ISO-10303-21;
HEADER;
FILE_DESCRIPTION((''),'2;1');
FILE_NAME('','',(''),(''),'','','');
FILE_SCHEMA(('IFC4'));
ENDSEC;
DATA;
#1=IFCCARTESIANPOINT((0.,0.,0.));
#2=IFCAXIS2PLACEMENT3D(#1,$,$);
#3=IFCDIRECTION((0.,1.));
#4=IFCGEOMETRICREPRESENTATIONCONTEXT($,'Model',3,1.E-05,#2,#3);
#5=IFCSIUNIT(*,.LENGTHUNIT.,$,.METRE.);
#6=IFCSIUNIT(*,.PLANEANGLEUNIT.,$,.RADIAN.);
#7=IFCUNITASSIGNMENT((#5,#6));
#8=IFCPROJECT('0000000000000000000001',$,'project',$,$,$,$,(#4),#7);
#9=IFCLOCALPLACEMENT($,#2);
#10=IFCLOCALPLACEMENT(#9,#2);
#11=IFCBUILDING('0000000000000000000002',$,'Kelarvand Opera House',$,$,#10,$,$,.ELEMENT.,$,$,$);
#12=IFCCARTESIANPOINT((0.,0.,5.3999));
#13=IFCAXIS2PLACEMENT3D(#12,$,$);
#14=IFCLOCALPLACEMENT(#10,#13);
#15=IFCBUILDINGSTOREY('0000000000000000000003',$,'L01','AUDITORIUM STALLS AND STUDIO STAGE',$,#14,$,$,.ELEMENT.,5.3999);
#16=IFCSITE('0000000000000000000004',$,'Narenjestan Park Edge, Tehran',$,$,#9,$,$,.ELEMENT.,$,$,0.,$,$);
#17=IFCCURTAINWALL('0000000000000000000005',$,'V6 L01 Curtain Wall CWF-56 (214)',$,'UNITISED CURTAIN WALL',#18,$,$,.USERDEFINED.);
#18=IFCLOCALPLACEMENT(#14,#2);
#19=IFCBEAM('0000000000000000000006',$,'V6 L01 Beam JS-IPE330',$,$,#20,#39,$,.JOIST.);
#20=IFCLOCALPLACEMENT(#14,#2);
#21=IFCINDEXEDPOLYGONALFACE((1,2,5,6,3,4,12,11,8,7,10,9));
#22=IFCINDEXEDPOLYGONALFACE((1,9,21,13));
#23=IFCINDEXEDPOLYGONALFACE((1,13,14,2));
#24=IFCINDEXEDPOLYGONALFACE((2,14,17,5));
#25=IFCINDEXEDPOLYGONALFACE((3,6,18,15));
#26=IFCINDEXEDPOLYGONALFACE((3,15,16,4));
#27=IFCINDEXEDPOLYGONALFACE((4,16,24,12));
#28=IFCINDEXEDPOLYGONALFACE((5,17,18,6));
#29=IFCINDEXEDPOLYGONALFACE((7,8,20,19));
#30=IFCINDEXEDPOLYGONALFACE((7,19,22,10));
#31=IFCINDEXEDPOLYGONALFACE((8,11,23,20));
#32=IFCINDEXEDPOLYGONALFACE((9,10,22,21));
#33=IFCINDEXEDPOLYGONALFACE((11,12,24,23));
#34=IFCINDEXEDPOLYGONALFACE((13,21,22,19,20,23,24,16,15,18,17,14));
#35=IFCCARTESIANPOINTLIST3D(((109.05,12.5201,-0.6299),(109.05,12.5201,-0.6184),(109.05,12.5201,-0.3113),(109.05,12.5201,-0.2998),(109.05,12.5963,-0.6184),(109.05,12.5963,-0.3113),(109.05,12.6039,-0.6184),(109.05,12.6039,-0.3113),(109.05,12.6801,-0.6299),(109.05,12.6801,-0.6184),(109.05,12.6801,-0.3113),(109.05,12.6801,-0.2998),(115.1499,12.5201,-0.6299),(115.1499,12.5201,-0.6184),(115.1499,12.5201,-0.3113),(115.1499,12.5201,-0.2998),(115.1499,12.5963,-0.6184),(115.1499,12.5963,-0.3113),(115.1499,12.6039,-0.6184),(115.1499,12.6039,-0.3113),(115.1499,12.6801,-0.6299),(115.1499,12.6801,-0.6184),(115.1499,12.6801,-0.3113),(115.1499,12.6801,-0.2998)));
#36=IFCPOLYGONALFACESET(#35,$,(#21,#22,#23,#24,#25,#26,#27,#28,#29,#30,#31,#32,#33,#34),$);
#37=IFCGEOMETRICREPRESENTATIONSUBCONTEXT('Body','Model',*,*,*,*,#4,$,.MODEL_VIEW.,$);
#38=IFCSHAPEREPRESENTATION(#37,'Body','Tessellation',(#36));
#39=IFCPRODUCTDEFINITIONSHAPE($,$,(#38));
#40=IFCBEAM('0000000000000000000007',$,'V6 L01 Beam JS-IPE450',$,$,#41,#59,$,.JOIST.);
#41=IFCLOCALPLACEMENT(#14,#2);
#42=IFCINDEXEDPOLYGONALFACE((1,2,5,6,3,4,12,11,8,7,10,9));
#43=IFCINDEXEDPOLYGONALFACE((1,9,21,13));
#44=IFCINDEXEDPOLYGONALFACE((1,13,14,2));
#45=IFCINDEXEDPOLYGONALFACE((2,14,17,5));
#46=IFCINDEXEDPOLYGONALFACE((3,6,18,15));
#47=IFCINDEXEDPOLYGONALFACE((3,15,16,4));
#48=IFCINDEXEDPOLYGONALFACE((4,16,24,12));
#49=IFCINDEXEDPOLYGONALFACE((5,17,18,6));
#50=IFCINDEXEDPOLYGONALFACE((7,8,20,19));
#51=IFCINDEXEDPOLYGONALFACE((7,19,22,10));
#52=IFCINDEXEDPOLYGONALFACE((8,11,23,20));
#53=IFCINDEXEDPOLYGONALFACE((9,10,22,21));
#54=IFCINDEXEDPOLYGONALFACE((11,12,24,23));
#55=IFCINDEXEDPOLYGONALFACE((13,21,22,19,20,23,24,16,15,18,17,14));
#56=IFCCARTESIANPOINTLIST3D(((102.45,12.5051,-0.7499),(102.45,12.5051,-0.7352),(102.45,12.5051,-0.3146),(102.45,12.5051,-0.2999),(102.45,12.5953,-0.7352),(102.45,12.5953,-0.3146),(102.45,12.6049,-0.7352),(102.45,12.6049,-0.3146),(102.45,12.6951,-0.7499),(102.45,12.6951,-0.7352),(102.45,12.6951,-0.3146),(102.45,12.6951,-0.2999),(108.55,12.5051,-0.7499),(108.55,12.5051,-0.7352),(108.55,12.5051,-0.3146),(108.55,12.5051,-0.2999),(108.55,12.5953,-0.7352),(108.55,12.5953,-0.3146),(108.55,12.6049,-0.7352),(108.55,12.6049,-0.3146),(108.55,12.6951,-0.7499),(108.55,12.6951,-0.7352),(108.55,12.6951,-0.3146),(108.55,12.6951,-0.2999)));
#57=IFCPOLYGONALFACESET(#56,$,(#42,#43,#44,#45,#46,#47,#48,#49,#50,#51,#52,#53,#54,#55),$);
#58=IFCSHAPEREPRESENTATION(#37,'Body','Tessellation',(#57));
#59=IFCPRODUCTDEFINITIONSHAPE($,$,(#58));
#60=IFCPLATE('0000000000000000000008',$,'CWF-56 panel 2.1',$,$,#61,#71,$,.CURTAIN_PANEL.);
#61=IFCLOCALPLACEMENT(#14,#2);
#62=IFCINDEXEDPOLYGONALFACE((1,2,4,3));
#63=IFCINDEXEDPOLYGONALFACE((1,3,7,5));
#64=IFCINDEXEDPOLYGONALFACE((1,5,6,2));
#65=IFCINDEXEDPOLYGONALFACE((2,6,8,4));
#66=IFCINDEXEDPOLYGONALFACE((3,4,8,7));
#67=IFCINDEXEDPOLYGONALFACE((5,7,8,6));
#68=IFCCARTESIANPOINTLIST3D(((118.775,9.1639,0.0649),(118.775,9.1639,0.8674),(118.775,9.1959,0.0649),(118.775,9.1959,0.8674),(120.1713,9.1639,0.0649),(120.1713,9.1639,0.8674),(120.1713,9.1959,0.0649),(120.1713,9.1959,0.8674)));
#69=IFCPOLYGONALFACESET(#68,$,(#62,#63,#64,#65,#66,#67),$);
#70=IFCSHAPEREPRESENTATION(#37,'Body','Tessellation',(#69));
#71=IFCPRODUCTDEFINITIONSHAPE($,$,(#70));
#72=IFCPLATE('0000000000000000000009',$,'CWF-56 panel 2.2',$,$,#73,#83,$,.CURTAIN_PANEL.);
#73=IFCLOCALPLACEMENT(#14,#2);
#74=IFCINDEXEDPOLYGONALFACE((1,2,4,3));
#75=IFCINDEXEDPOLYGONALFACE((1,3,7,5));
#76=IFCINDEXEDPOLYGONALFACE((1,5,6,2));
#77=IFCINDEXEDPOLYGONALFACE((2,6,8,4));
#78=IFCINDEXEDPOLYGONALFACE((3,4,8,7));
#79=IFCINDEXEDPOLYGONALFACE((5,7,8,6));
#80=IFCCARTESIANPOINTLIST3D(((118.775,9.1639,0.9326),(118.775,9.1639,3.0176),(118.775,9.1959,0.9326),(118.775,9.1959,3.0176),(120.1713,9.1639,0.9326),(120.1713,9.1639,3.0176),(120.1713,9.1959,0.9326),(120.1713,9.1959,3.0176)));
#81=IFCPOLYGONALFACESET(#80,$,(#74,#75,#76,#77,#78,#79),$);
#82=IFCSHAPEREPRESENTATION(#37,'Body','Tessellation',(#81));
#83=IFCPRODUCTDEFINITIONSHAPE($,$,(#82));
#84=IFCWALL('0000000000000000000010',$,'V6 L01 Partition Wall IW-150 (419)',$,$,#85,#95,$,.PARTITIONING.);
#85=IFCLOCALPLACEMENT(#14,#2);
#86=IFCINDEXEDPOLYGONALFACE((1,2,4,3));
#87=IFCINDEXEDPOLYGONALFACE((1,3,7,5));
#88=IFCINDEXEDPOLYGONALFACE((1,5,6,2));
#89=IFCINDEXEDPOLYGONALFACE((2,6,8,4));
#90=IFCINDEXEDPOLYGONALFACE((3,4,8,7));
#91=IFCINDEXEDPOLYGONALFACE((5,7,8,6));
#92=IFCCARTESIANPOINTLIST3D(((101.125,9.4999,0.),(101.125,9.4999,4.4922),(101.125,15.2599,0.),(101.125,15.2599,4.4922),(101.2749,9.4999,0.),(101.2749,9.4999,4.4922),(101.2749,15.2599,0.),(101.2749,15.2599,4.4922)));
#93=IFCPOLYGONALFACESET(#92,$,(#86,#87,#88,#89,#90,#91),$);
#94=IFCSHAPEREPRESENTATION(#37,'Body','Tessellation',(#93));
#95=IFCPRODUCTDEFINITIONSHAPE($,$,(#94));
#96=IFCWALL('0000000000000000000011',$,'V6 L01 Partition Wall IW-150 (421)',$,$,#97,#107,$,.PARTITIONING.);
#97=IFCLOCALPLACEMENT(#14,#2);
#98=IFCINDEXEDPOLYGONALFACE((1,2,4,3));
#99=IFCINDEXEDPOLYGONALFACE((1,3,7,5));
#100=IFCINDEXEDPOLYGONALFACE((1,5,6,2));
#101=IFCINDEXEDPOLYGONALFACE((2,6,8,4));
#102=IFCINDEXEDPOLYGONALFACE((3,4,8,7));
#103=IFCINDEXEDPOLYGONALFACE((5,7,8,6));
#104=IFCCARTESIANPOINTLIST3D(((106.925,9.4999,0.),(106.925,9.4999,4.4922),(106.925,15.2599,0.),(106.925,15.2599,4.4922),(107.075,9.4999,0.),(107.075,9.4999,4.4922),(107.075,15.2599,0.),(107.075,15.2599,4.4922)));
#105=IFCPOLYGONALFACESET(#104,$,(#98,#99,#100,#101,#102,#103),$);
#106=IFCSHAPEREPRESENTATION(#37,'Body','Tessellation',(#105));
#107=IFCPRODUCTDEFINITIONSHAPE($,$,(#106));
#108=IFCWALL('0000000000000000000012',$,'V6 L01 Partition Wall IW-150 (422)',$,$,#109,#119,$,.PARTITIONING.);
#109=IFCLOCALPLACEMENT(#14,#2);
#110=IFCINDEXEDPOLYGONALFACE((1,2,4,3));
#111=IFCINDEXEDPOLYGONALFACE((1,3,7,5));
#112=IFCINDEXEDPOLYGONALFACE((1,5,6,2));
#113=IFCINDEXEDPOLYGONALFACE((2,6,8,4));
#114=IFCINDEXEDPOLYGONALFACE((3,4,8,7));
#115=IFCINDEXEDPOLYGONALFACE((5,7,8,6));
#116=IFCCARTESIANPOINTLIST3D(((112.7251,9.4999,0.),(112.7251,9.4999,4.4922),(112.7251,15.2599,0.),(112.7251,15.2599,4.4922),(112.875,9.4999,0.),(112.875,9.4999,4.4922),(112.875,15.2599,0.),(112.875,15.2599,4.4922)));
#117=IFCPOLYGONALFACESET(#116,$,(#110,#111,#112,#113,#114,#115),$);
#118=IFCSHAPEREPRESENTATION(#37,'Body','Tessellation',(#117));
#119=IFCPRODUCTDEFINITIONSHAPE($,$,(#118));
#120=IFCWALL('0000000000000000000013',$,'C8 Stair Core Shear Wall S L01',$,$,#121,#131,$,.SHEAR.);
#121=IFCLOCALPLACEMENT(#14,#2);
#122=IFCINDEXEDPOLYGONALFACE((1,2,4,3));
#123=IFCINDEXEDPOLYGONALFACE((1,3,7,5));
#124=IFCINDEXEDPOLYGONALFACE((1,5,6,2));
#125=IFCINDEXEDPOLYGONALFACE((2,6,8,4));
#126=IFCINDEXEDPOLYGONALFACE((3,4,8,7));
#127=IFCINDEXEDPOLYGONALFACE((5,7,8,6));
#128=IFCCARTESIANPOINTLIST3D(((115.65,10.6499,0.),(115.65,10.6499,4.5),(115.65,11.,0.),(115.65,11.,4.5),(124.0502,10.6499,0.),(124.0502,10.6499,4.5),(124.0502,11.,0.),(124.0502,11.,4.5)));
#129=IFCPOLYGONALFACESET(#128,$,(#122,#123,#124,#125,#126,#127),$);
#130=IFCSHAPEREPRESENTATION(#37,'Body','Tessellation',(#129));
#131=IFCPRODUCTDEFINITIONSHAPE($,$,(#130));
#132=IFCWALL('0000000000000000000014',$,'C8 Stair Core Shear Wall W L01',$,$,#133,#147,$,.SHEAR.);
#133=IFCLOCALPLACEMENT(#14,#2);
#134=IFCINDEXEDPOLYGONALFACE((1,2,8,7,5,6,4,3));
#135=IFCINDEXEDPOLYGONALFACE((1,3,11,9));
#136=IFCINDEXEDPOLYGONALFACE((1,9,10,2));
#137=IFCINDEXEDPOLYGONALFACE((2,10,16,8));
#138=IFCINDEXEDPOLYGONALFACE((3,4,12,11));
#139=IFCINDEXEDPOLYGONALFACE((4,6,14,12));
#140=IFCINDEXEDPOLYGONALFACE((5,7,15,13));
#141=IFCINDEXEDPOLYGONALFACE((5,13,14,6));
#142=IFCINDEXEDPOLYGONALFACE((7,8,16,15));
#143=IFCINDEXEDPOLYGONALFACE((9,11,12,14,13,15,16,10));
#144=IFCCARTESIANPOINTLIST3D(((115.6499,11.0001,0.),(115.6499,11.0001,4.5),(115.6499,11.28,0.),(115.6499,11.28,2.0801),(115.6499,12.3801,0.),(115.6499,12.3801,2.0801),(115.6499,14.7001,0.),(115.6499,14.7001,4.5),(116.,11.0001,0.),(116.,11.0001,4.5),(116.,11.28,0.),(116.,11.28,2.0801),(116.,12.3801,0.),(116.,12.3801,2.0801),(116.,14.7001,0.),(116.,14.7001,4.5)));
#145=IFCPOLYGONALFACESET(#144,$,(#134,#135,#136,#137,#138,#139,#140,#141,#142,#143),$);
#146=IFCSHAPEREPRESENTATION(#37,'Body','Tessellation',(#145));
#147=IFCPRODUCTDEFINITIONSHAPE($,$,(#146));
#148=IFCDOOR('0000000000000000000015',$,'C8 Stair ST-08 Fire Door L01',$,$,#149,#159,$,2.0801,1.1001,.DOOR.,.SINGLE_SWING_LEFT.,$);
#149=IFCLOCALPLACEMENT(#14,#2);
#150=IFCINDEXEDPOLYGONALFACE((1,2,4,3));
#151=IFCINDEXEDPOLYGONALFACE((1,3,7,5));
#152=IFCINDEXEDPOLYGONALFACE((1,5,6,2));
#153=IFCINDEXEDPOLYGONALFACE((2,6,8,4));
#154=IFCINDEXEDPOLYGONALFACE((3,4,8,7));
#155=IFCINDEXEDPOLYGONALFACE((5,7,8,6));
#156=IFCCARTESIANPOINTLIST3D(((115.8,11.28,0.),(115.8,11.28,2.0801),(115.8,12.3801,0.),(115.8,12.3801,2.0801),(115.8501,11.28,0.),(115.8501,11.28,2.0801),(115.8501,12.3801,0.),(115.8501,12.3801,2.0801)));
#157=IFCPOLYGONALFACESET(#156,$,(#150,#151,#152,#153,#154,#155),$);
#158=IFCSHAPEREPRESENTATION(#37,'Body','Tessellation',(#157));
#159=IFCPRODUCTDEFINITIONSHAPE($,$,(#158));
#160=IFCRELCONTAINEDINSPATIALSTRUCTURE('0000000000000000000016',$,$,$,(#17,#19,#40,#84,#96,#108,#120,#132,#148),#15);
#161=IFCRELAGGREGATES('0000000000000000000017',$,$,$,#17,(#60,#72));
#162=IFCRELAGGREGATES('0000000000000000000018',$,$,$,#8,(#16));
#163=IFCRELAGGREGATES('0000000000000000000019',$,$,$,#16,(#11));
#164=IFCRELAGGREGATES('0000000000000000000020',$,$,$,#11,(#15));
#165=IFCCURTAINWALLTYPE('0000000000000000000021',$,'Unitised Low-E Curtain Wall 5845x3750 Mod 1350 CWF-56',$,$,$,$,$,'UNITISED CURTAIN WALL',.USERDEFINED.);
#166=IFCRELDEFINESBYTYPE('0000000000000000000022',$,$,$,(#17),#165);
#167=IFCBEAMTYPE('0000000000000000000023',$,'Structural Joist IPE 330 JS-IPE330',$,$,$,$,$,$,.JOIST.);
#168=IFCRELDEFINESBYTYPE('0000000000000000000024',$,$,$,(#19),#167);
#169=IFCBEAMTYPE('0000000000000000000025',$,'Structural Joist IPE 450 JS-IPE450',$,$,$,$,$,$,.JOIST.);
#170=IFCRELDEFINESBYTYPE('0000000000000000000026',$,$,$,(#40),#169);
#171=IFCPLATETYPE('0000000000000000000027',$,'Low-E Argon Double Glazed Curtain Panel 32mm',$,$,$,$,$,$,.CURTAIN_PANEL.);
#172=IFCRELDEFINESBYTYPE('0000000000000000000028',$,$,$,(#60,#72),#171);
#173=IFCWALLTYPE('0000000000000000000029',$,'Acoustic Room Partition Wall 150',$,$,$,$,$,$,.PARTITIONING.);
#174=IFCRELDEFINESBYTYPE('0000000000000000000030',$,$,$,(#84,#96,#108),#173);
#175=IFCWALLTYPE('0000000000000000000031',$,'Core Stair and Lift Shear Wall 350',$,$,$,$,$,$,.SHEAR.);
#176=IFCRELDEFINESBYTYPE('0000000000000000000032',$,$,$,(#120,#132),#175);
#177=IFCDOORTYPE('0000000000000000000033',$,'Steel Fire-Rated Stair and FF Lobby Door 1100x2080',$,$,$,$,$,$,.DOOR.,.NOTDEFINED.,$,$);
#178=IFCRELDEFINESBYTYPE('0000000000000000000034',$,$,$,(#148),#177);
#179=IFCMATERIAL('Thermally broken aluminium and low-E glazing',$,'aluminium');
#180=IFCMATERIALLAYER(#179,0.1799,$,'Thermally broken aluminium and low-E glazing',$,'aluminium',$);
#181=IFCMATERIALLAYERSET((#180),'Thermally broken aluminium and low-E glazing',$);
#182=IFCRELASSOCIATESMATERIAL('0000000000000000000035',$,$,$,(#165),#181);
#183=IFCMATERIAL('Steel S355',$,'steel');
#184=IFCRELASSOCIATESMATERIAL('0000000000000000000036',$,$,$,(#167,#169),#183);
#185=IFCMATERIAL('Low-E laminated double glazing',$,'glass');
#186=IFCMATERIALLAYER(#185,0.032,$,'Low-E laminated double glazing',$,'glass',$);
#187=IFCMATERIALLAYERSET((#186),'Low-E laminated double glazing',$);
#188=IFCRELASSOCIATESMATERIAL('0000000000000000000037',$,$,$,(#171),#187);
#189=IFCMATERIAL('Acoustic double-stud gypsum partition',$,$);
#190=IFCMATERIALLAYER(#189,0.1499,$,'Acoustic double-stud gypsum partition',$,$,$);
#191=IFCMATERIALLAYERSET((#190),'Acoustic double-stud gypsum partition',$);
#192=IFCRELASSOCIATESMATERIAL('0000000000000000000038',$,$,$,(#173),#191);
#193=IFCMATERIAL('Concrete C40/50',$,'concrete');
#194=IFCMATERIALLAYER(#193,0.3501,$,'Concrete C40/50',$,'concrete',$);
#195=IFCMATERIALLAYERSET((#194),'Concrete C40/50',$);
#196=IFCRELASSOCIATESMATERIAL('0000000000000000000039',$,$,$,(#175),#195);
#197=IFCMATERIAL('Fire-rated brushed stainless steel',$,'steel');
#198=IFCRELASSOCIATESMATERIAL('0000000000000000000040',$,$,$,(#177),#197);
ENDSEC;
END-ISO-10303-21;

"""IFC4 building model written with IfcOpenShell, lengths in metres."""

from ifc_helpers import new_model, si_unit, direction, frame, frame_2d, origin, origin_2d, place, context, subcontext, project, spatial, rectangle, i_section, extrude, material, layer, layer_set, material_profile, profile_set, type_object, element, fill, aggregate, save


model = new_model("IFC4")

# Units and contexts
model_context = context("Model", 3, precision=1e-05, world=origin(), true_north=direction((0.0, 1.0)))
body_context = subcontext(model_context, "Body", "Model", "MODEL_VIEW")
ifc_project = project(units=[si_unit("LENGTHUNIT", "METRE"), si_unit("PLANEANGLEUNIT", "RADIAN")], contexts=[model_context])

# Site, building, storey
site_placement = place(None, origin())
site = spatial("IfcSite", under=ifc_project, at=site_placement, Name="Narenjestan Park Edge, Tehran", CompositionType="ELEMENT", RefElevation=0.0)
building_placement = place(site_placement, origin())
building = spatial("IfcBuilding", under=site, at=building_placement, Name="Kelarvand Opera House", CompositionType="ELEMENT")
storey_placement = place(building_placement, frame((0.0, 0.0, 5.3999)))
storey = spatial("IfcBuildingStorey", under=building, at=storey_placement, Name="L01", Description="AUDITORIUM STALLS AND STUDIO STAGE", CompositionType="ELEMENT", Elevation=5.3999)

# Shared definitions
ifc_material_1 = material(Name="Concrete C40/50", Category="concrete")

# Curtain wall
ifc_material_2 = material(Name="Thermally broken aluminium and low-E glazing", Category="aluminium")
ifc_layer_1 = layer(ifc_material_2, 0.1799, Name="Thermally broken aluminium and low-E glazing", Category="aluminium")
ifc_layer_set_1 = layer_set([ifc_layer_1], Name="Thermally broken aluminium and low-E glazing")
curtain_wall_type = type_object("IfcCurtainWallType", Name="Unitised Low-E Curtain Wall 5845x3750 Mod 1350 CWF-56", ElementType="UNITISED CURTAIN WALL", PredefinedType="USERDEFINED", material=ifc_layer_set_1)
curtain_wall_placement = place(storey_placement, origin())
curtain_wall = element("IfcCurtainWall", 1, at=curtain_wall_placement, inside=storey, type_object=curtain_wall_type, Name="V6 L01 Curtain Wall CWF-56 (214)", ObjectType="UNITISED CURTAIN WALL", PredefinedType="USERDEFINED")

# Beams
ifc_material_3 = material(Name="Steel S355", Category="steel")
ifc_material_profile_1 = material_profile(ifc_material_3, i_section(OverallWidth=0.1599, OverallDepth=0.3301, WebThickness=0.0076, FlangeThickness=0.0115, at=origin_2d()), Name="IPE 330", Category="steel")
ifc_profile_set_1 = profile_set([ifc_material_profile_1], Name="Steel S355")
beam_type_1 = type_object("IfcBeamType", Name="Structural Joist IPE 330 JS-IPE330", PredefinedType="JOIST", material=ifc_profile_set_1)
beam_1_placement = place(storey_placement, frame((109.05, 12.6001, -0.4648), z_axis=(1.0, 0.0, 0.0), x_axis=(0.0, 1.0, 0.0)))
element("IfcBeam", 2, at=beam_1_placement, inside=storey, type_object=beam_type_1, Name="V6 L01 Beam JS-IPE330", PredefinedType="JOIST", context=body_context, shape_type="SweptSolid", body=[
    extrude(i_section(OverallWidth=0.1599, OverallDepth=0.3301, WebThickness=0.0076, FlangeThickness=0.0115, at=origin_2d()), origin(), (0.0, 0.0, 1.0), 6.0999),
])
ifc_material_profile_2 = material_profile(ifc_material_3, i_section(OverallWidth=0.1899, OverallDepth=0.45, WebThickness=0.0095, FlangeThickness=0.0146, at=origin_2d()), Name="IPE 450", Category="steel")
ifc_profile_set_2 = profile_set([ifc_material_profile_2], Name="Steel S355")
beam_type_2 = type_object("IfcBeamType", Name="Structural Joist IPE 450 JS-IPE450", PredefinedType="JOIST", material=ifc_profile_set_2)
beam_2_placement = place(storey_placement, frame((102.45, 12.6001, -0.5249), z_axis=(1.0, 0.0, 0.0), x_axis=(0.0, 1.0, 0.0)))
element("IfcBeam", 3, at=beam_2_placement, inside=storey, type_object=beam_type_2, Name="V6 L01 Beam JS-IPE450", PredefinedType="JOIST", context=body_context, shape_type="SweptSolid", body=[
    extrude(i_section(OverallWidth=0.1899, OverallDepth=0.45, WebThickness=0.0095, FlangeThickness=0.0146, at=origin_2d()), origin(), (0.0, 0.0, 1.0), 6.1001),
])

# Plates
ifc_material_4 = material(Name="Low-E laminated double glazing", Category="glass")
ifc_layer_2 = layer(ifc_material_4, 0.032, Name="Low-E laminated double glazing", Category="glass")
ifc_layer_set_2 = layer_set([ifc_layer_2], Name="Low-E laminated double glazing")
plate_type = type_object("IfcPlateType", Name="Low-E Argon Double Glazed Curtain Panel 32mm", PredefinedType="CURTAIN_PANEL", material=ifc_layer_set_2)
plate_1_placement = place(storey_placement, frame((119.4731, 9.1799, 0.0649), z_axis=(0.0, 0.0, 1.0), x_axis=(-1.0, 0.0, 0.0)))
plate_1 = element("IfcPlate", 4, at=plate_1_placement, type_object=plate_type, Name="CWF-56 panel 2.1", PredefinedType="CURTAIN_PANEL", context=body_context, shape_type="SweptSolid", body=[
    extrude(rectangle(XDim=1.3962, YDim=0.032, at=origin_2d()), origin(), (0.0, 0.0, 1.0), 0.8025),
])
plate_2_placement = place(storey_placement, frame((119.4731, 9.1799, 0.9326), z_axis=(0.0, 0.0, 1.0), x_axis=(-1.0, 0.0, 0.0)))
plate_2 = element("IfcPlate", 5, at=plate_2_placement, type_object=plate_type, Name="CWF-56 panel 2.2", PredefinedType="CURTAIN_PANEL", context=body_context, shape_type="SweptSolid", body=[
    extrude(rectangle(XDim=1.3962, YDim=0.032, at=origin_2d()), origin(), (0.0, 0.0, 1.0), 2.085),
])
aggregate(curtain_wall, [plate_1, plate_2])

# Walls
ifc_material_5 = material(Name="Acoustic double-stud gypsum partition")
ifc_layer_3 = layer(ifc_material_5, 0.1499, Name="Acoustic double-stud gypsum partition")
ifc_layer_set_3 = layer_set([ifc_layer_3], Name="Acoustic double-stud gypsum partition")
wall_type_1 = type_object("IfcWallType", Name="Acoustic Room Partition Wall 150", PredefinedType="PARTITIONING", material=ifc_layer_set_3)
for number, where, z_axis, x_axis, name in (
    (6, (101.2, 9.5, 0.0), (0.0, 0.0, 1.0), (0.0, 1.0, 0.0), "V6 L01 Partition Wall IW-150 (419)"),
    (7, (107.0, 9.5, 0.0), (0.0, 0.0, 1.0), (0.0, 1.0, 0.0), "V6 L01 Partition Wall IW-150 (421)"),
    (8, (112.8, 9.5, 0.0), (0.0, 0.0, 1.0), (0.0, 1.0, 0.0), "V6 L01 Partition Wall IW-150 (422)"),
):
    element("IfcWall", number, at=place(storey_placement, frame(where, z_axis=z_axis, x_axis=x_axis)), inside=storey, type_object=wall_type_1, Name=name, PredefinedType="PARTITIONING", context=body_context, shape_type="SweptSolid", body=[
        extrude(rectangle(XDim=5.76, YDim=0.1499, at=frame_2d((2.8799, 0.0))), origin(), (0.0, 0.0, 1.0), 4.4922),
    ])
ifc_layer_4 = layer(ifc_material_1, 0.3501, Name="Concrete C40/50", Category="concrete")
ifc_layer_set_4 = layer_set([ifc_layer_4], Name="Concrete C40/50")
wall_type_2 = type_object("IfcWallType", Name="Core Stair and Lift Shear Wall 350", PredefinedType="SHEAR", material=ifc_layer_set_4)
wall_1_placement = place(storey_placement, frame((115.6499, 10.825, 0.0), z_axis=(0.0, 0.0, 1.0), x_axis=(1.0, 0.0, 0.0)))
element("IfcWall", 9, at=wall_1_placement, inside=storey, type_object=wall_type_2, Name="C8 Stair Core Shear Wall S L01", PredefinedType="SHEAR", context=body_context, shape_type="SweptSolid", body=[
    extrude(rectangle(XDim=8.4001, YDim=0.3501, at=frame_2d((4.2002, 0.0))), origin(), (0.0, 0.0, 1.0), 4.5),
])

# Wall, opening, door
wall_2_placement = place(storey_placement, frame((115.825, 11.0, 0.0), z_axis=(0.0, 0.0, 1.0), x_axis=(0.0, 1.0, 0.0)))
wall_2 = element("IfcWall", 10, at=wall_2_placement, inside=storey, type_object=wall_type_2, Name="C8 Stair Core Shear Wall W L01", PredefinedType="SHEAR", context=body_context, shape_type="SweptSolid", body=[
    extrude(rectangle(XDim=3.7, YDim=0.3501, at=frame_2d((1.8501, 0.0))), origin(), (0.0, 0.0, 1.0), 4.5),
])
opening_1_placement = place(wall_2_placement, frame((0.28, 0.0, 0.0)))
opening_1 = element("IfcOpeningElement", 11, at=opening_1_placement, cuts=wall_2, PredefinedType="OPENING", context=body_context, shape_type="SweptSolid", body=[
    extrude(rectangle(XDim=1.1001, YDim=2.0801, at=frame_2d((0.55, 1.04))), frame((0.0, 0.1851, 0.0), z_axis=(0.0, -1.0, 0.0), x_axis=(1.0, 0.0, 0.0)), (0.0, 0.0, 1.0), 0.3701),
])
ifc_material_6 = material(Name="Fire-rated brushed stainless steel", Category="steel")
door_type_1 = type_object("IfcDoorType", Name="Steel Fire-Rated Stair and FF Lobby Door 1100x2080", OperationType="NOTDEFINED", PredefinedType="DOOR", material=ifc_material_6)
door_1_placement = place(opening_1_placement, origin())
door_1 = element("IfcDoor", 12, at=door_1_placement, inside=storey, type_object=door_type_1, Name="C8 Stair ST-08 Fire Door L01", OperationType="SINGLE_SWING_LEFT", OverallHeight=2.0801, OverallWidth=1.1001, PredefinedType="DOOR", context=body_context, shape_type="SweptSolid", body=[
    extrude(rectangle(XDim=1.1001, YDim=2.0801, at=frame_2d((0.55, 1.04))), frame((0.0, 0.0249, 0.0), z_axis=(0.0, -1.0, 0.0), x_axis=(1.0, 0.0, 0.0)), (0.0, 0.0, 1.0), 0.05),
])
fill(opening_1, door_1)

save(model, "model.ifc")
